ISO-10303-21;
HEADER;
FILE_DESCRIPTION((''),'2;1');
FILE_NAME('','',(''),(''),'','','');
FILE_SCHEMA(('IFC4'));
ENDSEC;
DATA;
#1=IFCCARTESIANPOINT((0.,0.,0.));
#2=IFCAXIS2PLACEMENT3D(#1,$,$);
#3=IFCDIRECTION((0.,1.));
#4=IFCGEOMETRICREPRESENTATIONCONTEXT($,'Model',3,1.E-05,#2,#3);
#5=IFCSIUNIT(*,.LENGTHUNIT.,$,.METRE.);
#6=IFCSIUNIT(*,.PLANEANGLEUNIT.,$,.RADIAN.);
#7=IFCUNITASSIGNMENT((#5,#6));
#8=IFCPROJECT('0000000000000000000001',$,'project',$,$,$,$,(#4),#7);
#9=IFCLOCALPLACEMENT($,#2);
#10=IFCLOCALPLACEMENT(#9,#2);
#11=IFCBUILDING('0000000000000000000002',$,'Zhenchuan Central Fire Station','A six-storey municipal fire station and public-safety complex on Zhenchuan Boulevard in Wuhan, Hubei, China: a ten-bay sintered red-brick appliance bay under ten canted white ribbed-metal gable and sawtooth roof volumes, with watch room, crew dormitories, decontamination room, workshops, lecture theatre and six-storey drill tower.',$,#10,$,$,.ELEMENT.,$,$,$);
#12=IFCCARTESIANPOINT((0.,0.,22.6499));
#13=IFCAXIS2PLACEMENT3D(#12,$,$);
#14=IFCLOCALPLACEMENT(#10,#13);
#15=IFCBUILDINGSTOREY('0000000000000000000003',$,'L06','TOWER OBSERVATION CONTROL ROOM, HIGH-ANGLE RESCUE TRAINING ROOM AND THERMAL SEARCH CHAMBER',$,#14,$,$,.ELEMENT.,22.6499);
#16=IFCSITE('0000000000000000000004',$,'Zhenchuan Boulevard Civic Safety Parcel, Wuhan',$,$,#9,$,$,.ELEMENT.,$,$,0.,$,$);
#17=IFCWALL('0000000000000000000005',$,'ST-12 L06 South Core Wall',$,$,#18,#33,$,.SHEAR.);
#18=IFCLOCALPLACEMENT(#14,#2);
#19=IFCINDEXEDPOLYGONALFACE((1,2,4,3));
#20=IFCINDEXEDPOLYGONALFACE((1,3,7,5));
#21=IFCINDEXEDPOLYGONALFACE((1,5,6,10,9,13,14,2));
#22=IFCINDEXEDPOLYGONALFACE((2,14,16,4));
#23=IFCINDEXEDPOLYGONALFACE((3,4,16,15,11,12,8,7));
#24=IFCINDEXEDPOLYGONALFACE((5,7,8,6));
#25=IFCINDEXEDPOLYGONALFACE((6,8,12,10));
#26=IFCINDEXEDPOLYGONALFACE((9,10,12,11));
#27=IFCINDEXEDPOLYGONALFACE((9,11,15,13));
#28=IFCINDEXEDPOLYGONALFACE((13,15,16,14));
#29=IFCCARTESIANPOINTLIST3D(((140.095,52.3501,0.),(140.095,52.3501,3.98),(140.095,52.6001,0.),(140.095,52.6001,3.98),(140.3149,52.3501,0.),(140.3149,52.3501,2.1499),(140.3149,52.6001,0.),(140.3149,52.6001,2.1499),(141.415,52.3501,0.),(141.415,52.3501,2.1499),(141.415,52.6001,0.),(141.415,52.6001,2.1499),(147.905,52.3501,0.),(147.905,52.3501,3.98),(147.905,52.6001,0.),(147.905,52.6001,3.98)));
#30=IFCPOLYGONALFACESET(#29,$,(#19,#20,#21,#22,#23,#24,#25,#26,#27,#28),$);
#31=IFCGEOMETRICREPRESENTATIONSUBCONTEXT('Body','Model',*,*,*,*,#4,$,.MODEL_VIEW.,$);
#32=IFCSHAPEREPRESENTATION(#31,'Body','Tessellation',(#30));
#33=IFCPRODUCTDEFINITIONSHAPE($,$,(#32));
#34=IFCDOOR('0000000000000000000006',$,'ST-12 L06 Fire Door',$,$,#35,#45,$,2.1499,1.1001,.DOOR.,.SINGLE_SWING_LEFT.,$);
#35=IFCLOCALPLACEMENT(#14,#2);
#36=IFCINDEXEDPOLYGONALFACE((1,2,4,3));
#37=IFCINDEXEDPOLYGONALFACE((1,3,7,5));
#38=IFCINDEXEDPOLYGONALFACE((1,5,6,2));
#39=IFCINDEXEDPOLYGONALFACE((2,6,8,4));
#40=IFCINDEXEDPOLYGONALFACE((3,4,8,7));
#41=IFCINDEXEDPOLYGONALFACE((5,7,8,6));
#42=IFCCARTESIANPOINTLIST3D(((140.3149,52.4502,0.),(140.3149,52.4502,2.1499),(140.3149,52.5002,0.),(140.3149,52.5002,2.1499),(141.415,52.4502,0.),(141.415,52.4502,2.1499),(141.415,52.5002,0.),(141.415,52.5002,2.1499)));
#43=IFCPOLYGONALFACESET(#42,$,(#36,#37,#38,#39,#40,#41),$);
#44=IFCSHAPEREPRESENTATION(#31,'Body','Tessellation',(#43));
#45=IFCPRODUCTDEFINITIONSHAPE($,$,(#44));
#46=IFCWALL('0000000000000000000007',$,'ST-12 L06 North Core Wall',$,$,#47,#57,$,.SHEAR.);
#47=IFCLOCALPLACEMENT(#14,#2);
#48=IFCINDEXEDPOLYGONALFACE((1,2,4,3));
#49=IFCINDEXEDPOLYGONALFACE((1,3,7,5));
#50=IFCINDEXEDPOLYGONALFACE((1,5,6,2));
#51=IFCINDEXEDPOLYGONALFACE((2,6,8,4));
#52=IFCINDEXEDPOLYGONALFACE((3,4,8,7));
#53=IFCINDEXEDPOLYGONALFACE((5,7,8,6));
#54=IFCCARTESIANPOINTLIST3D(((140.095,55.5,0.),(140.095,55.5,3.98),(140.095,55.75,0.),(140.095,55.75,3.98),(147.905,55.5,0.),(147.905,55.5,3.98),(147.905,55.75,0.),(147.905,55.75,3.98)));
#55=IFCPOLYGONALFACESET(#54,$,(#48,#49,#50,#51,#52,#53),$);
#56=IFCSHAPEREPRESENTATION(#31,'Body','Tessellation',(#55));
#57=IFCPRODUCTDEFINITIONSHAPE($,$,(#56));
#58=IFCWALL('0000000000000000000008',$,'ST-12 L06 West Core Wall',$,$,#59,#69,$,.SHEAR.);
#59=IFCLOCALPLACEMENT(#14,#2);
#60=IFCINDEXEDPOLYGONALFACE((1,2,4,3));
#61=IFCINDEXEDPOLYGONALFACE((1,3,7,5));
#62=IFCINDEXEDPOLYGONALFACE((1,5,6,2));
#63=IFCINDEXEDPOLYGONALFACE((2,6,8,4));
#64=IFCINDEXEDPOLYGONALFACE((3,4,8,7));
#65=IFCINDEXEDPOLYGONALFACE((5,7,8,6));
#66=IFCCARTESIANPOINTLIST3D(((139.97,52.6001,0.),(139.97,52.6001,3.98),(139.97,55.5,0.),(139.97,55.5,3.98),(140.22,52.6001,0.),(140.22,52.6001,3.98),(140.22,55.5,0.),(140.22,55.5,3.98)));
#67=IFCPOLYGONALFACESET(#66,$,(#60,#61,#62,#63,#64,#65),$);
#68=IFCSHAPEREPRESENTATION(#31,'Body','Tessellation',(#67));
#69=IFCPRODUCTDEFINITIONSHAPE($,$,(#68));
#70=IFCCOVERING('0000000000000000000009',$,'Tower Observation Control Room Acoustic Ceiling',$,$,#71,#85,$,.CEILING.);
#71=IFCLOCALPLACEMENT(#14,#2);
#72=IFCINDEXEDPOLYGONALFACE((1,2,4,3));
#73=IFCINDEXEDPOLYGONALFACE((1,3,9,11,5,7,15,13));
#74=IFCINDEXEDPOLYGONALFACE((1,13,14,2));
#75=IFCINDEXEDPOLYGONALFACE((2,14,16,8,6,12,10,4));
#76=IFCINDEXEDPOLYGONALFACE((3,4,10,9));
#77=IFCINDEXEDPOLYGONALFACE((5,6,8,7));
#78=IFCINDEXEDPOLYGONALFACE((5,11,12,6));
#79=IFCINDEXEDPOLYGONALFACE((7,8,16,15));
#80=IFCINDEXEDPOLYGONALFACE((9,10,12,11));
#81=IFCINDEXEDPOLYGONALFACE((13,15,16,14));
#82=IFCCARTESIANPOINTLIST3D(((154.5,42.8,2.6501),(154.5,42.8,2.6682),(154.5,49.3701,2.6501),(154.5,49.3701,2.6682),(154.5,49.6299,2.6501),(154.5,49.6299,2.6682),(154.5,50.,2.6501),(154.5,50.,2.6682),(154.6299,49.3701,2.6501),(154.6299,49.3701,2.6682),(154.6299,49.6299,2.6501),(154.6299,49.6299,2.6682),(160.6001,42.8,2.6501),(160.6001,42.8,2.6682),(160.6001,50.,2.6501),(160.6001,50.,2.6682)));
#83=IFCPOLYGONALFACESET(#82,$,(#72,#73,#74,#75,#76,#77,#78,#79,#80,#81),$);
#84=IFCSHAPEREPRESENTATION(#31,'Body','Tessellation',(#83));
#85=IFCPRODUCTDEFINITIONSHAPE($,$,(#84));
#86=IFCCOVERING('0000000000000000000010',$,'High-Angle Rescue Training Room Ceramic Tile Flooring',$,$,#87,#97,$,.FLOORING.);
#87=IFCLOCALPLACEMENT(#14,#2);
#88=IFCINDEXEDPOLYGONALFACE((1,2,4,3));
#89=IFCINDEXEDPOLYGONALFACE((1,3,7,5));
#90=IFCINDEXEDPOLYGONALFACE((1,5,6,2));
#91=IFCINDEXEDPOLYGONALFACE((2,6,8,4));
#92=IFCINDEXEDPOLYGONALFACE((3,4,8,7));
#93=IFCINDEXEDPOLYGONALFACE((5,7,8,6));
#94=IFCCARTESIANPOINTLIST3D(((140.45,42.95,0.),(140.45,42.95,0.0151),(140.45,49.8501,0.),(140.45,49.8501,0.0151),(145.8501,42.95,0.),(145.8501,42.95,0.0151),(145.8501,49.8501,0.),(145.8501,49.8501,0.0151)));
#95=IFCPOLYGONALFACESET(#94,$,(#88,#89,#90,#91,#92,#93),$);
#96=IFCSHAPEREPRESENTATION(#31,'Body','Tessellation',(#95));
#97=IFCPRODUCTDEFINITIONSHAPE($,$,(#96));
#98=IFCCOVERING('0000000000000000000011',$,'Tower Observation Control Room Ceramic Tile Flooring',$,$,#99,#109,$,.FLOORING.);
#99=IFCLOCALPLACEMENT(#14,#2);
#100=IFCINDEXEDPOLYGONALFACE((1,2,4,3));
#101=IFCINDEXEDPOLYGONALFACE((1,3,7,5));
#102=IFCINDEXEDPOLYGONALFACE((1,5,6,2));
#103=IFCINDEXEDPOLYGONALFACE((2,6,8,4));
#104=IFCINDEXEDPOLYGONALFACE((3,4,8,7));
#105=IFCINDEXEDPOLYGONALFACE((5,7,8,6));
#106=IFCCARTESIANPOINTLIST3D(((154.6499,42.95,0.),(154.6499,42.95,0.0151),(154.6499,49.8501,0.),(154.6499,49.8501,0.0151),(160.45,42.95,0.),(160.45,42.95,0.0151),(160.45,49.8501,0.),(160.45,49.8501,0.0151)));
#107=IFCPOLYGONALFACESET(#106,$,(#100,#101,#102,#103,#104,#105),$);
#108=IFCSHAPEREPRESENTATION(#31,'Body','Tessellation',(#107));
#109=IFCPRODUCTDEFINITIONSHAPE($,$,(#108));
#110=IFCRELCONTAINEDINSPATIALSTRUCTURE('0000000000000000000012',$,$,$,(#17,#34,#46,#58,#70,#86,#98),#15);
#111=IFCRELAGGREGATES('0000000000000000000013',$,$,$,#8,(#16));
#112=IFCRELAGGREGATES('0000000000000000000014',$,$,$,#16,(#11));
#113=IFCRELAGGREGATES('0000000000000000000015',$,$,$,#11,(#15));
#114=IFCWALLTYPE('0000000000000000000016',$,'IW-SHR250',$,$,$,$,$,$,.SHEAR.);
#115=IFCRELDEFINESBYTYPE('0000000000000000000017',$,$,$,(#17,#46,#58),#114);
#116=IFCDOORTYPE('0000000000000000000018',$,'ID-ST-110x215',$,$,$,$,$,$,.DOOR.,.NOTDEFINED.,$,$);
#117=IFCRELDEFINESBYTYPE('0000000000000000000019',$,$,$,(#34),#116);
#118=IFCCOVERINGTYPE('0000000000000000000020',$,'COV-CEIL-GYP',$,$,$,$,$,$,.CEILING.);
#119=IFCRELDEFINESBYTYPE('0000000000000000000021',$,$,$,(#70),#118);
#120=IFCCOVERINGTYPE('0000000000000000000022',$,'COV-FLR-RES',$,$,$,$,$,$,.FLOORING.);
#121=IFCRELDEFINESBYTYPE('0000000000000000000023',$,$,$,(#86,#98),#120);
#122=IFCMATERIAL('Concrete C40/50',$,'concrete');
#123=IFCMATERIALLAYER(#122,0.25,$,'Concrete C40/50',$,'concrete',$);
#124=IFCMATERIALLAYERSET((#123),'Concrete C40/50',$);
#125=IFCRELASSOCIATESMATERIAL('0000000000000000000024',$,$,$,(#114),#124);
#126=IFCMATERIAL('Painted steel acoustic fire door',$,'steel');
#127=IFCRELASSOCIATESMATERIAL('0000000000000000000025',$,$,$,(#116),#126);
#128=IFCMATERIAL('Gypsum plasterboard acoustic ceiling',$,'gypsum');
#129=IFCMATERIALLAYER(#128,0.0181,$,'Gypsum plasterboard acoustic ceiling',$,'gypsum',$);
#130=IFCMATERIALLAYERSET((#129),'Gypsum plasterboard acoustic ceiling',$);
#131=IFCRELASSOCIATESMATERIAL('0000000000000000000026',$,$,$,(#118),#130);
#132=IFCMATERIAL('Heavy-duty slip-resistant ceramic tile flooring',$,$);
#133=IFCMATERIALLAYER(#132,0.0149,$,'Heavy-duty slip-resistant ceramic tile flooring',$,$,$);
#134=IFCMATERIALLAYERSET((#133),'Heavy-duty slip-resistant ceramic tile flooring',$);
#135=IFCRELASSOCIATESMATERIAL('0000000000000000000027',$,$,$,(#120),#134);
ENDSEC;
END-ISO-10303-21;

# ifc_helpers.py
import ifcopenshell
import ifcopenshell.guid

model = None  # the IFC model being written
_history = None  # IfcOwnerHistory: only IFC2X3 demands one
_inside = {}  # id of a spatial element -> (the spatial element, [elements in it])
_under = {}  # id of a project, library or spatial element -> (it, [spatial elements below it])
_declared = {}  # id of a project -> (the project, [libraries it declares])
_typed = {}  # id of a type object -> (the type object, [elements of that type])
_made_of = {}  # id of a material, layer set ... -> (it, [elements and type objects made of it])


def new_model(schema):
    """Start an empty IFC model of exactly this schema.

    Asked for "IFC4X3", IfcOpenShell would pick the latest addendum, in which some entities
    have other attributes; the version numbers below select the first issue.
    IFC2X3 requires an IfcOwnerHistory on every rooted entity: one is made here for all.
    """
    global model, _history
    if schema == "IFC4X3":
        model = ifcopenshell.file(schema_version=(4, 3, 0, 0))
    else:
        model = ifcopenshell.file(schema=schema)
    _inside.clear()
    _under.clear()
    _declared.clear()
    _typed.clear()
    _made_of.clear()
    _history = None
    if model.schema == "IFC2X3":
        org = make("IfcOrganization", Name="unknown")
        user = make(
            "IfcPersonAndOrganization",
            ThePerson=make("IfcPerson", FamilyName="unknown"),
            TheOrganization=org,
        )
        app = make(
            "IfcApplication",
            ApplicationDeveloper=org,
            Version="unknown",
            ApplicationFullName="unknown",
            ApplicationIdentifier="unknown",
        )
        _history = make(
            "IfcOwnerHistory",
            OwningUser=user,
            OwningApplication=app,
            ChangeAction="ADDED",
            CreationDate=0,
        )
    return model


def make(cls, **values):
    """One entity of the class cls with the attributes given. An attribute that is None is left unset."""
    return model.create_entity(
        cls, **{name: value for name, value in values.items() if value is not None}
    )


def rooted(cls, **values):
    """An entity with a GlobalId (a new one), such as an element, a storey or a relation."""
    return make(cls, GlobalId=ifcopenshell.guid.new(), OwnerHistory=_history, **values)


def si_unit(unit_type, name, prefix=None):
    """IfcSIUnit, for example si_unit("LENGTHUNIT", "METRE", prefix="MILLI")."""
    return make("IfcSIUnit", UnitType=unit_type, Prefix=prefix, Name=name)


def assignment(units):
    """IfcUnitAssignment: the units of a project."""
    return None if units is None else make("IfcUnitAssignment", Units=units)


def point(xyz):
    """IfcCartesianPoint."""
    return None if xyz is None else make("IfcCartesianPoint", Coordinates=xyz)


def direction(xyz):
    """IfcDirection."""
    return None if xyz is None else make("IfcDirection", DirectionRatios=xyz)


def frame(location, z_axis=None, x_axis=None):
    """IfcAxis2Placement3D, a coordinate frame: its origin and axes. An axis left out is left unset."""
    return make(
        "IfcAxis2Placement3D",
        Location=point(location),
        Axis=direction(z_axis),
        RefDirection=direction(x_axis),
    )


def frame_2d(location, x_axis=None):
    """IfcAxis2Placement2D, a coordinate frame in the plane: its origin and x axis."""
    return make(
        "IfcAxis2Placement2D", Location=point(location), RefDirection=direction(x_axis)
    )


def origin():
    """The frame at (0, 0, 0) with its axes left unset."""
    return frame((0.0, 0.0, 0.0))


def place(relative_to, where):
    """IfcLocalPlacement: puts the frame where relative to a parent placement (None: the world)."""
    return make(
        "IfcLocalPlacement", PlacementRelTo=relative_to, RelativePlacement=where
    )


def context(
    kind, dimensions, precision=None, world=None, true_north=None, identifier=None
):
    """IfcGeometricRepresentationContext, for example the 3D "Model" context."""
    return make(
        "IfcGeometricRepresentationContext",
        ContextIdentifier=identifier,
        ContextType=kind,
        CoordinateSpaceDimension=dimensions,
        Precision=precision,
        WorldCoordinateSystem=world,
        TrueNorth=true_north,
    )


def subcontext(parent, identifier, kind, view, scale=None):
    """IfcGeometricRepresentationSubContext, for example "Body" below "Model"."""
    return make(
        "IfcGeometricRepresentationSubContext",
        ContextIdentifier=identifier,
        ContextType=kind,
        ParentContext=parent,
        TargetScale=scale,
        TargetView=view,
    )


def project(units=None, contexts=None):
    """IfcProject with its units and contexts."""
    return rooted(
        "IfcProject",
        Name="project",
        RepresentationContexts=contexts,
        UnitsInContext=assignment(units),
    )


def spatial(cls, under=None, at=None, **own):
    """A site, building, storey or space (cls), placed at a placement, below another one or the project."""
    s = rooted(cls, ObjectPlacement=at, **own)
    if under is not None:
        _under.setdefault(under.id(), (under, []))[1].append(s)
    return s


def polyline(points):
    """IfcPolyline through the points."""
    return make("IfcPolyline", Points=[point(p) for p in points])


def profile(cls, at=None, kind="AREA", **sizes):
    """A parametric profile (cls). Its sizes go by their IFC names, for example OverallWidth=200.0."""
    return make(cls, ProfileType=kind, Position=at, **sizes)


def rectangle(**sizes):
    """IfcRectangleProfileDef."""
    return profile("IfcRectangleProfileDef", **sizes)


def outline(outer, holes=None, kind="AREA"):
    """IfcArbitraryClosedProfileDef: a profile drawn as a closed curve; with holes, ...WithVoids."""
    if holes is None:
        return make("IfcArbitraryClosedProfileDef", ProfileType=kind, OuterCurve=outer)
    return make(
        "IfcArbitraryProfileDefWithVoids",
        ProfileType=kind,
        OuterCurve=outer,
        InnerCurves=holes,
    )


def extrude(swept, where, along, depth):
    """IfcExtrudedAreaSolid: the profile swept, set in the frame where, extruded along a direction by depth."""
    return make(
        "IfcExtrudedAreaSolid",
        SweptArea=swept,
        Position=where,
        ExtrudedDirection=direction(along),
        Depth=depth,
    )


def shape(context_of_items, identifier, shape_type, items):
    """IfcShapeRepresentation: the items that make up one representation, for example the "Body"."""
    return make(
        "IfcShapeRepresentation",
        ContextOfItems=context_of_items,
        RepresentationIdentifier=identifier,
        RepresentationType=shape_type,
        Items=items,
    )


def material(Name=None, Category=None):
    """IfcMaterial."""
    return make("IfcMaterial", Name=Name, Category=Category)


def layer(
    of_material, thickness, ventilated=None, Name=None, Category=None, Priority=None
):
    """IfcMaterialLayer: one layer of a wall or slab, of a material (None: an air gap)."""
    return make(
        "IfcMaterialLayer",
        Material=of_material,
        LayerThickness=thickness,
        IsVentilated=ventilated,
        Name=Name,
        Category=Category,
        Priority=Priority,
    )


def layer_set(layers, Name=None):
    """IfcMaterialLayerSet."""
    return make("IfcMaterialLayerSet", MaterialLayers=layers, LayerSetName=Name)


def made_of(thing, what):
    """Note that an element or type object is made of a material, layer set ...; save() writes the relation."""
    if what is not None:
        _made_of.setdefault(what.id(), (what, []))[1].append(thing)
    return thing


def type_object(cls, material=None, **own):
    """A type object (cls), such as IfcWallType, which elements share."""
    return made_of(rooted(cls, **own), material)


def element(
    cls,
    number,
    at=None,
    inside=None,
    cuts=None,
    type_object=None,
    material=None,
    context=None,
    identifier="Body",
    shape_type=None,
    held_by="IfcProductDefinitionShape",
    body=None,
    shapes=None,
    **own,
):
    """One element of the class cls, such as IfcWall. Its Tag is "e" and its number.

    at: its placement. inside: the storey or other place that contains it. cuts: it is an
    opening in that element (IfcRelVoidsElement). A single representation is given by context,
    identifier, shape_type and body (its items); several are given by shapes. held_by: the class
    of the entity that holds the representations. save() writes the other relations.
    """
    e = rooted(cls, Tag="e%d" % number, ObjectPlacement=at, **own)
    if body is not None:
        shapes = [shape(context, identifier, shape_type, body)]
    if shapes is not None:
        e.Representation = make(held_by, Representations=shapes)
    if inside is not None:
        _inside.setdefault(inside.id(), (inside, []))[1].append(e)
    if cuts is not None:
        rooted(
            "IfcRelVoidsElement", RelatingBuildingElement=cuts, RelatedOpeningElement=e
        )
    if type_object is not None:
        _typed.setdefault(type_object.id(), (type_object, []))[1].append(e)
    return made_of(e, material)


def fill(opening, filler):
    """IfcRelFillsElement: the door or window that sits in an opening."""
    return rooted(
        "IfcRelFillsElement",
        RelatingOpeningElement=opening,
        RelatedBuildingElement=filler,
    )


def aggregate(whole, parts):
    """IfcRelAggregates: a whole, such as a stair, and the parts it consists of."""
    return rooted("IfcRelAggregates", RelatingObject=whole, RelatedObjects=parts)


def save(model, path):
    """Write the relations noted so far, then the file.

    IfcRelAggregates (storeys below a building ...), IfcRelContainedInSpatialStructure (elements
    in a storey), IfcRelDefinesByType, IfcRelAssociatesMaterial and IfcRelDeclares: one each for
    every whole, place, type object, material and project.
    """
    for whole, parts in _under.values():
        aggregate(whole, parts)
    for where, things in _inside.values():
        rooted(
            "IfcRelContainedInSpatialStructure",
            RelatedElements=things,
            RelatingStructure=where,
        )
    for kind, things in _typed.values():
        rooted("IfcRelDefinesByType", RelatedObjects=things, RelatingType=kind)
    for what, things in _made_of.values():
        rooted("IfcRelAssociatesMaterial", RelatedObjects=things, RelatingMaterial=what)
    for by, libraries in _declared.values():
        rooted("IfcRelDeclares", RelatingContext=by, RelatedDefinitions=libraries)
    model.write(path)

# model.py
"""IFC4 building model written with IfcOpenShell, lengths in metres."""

from ifc_helpers import new_model, si_unit, direction, frame, frame_2d, origin, place, context, subcontext, project, spatial, polyline, rectangle, outline, extrude, material, layer, layer_set, type_object, element, fill, save


model = new_model("IFC4")

# Units and contexts
model_context = context("Model", 3, precision=1e-05, world=origin(), true_north=direction((0.0, 1.0)))
body_context = subcontext(model_context, "Body", "Model", "MODEL_VIEW")
ifc_project = project(units=[si_unit("LENGTHUNIT", "METRE"), si_unit("PLANEANGLEUNIT", "RADIAN")], contexts=[model_context])

# Site, building, storey
site_placement = place(None, origin())
site = spatial("IfcSite", under=ifc_project, at=site_placement, Name="Zhenchuan Boulevard Civic Safety Parcel, Wuhan", CompositionType="ELEMENT", RefElevation=0.0)
building_placement = place(site_placement, origin())
building = spatial("IfcBuilding", under=site, at=building_placement, Name="Zhenchuan Central Fire Station", Description="A six-storey municipal fire station and public-safety complex on Zhenchuan Boulevard in Wuhan, Hubei, China: a ten-bay sintered red-brick appliance bay under ten canted white ribbed-metal gable and sawtooth roof volumes, with watch room, crew dormitories, decontamination room, workshops, lecture theatre and six-storey drill tower.", CompositionType="ELEMENT")
storey_placement = place(building_placement, frame((0.0, 0.0, 22.6499)))
storey = spatial("IfcBuildingStorey", under=building, at=storey_placement, Name="L06", Description="TOWER OBSERVATION CONTROL ROOM, HIGH-ANGLE RESCUE TRAINING ROOM AND THERMAL SEARCH CHAMBER", CompositionType="ELEMENT", Elevation=22.6499)

# Wall, opening, door
ifc_material_1 = material(Name="Concrete C40/50", Category="concrete")
ifc_layer_1 = layer(ifc_material_1, 0.25, Name="Concrete C40/50", Category="concrete")
ifc_layer_set_1 = layer_set([ifc_layer_1], Name="Concrete C40/50")
wall_type_1 = type_object("IfcWallType", Name="IW-SHR250", PredefinedType="SHEAR", material=ifc_layer_set_1)
wall_1_placement = place(storey_placement, frame((140.095, 52.4751, 0.0), z_axis=(0.0, 0.0, 1.0), x_axis=(1.0, 0.0, 0.0)))
wall_1 = element("IfcWall", 1, at=wall_1_placement, inside=storey, type_object=wall_type_1, Name="ST-12 L06 South Core Wall", PredefinedType="SHEAR", context=body_context, shape_type="SweptSolid", body=[
    extrude(rectangle(XDim=7.8101, YDim=0.25, at=frame_2d((3.905, 0.0))), origin(), (0.0, 0.0, 1.0), 3.98),
])
opening_1_placement = place(wall_1_placement, frame((0.22, 0.0, 0.0)))
opening_1 = element("IfcOpeningElement", 2, at=opening_1_placement, cuts=wall_1, PredefinedType="OPENING", context=body_context, shape_type="SweptSolid", body=[
    extrude(rectangle(XDim=1.1001, YDim=2.1499, at=frame_2d((0.55, 1.075))), frame((0.0, 0.135, 0.0), z_axis=(0.0, -1.0, 0.0), x_axis=(1.0, 0.0, 0.0)), (0.0, 0.0, 1.0), 0.27),
])
ifc_material_2 = material(Name="Painted steel acoustic fire door", Category="steel")
door_type_1 = type_object("IfcDoorType", Name="ID-ST-110x215", OperationType="NOTDEFINED", PredefinedType="DOOR", material=ifc_material_2)
door_1_placement = place(opening_1_placement, frame((1.1001, 0.0, 0.0), z_axis=(0.0, 0.0, 1.0), x_axis=(-1.0, 0.0, 0.0)))
door_1 = element("IfcDoor", 3, at=door_1_placement, inside=storey, type_object=door_type_1, Name="ST-12 L06 Fire Door", OperationType="SINGLE_SWING_LEFT", OverallHeight=2.1499, OverallWidth=1.1001, PredefinedType="DOOR", context=body_context, shape_type="SweptSolid", body=[
    extrude(rectangle(XDim=1.1001, YDim=2.1499, at=frame_2d((0.55, 1.075))), frame((0.0, 0.0249, 0.0), z_axis=(0.0, -1.0, 0.0), x_axis=(1.0, 0.0, 0.0)), (0.0, 0.0, 1.0), 0.05),
])
fill(opening_1, door_1)

# Walls
wall_2_placement = place(storey_placement, frame((140.095, 55.625, 0.0), z_axis=(0.0, 0.0, 1.0), x_axis=(1.0, 0.0, 0.0)))
element("IfcWall", 4, at=wall_2_placement, inside=storey, type_object=wall_type_1, Name="ST-12 L06 North Core Wall", PredefinedType="SHEAR", context=body_context, shape_type="SweptSolid", body=[
    extrude(rectangle(XDim=7.8101, YDim=0.25, at=frame_2d((3.905, 0.0))), origin(), (0.0, 0.0, 1.0), 3.98),
])
wall_3_placement = place(storey_placement, frame((140.095, 52.6001, 0.0), z_axis=(0.0, 0.0, 1.0), x_axis=(0.0, 1.0, 0.0)))
element("IfcWall", 5, at=wall_3_placement, inside=storey, type_object=wall_type_1, Name="ST-12 L06 West Core Wall", PredefinedType="SHEAR", context=body_context, shape_type="SweptSolid", body=[
    extrude(rectangle(XDim=2.8999, YDim=0.25, at=frame_2d((1.45, 0.0))), origin(), (0.0, 0.0, 1.0), 3.98),
])

# Coverings
ifc_material_3 = material(Name="Gypsum plasterboard acoustic ceiling", Category="gypsum")
ifc_layer_2 = layer(ifc_material_3, 0.0181, Name="Gypsum plasterboard acoustic ceiling", Category="gypsum")
ifc_layer_set_2 = layer_set([ifc_layer_2], Name="Gypsum plasterboard acoustic ceiling")
covering_type_1 = type_object("IfcCoveringType", Name="COV-CEIL-GYP", PredefinedType="CEILING", material=ifc_layer_set_2)
covering_1_placement = place(storey_placement, frame((0.0, 0.0, 2.6501)))
element("IfcCovering", 6, at=covering_1_placement, inside=storey, type_object=covering_type_1, Name="Tower Observation Control Room Acoustic Ceiling", PredefinedType="CEILING", context=body_context, shape_type="SweptSolid", body=[
    extrude(outline(polyline([(154.5, 50.0), (160.6001, 50.0), (160.6001, 42.8), (154.5, 42.8), (154.5, 49.3701), (154.6299, 49.3701), (154.6299, 49.6299), (154.5, 49.6299), (154.5, 50.0)])), origin(), (0.0, 0.0, 1.0), 0.0181),
])
ifc_material_4 = material(Name="Heavy-duty slip-resistant ceramic tile flooring")
ifc_layer_3 = layer(ifc_material_4, 0.0149, Name="Heavy-duty slip-resistant ceramic tile flooring")
ifc_layer_set_3 = layer_set([ifc_layer_3], Name="Heavy-duty slip-resistant ceramic tile flooring")
covering_type_2 = type_object("IfcCoveringType", Name="COV-FLR-RES", PredefinedType="FLOORING", material=ifc_layer_set_3)
covering_2_placement = place(storey_placement, origin())
element("IfcCovering", 7, at=covering_2_placement, inside=storey, type_object=covering_type_2, Name="High-Angle Rescue Training Room Ceramic Tile Flooring", PredefinedType="FLOORING", context=body_context, shape_type="SweptSolid", body=[
    extrude(outline(polyline([(140.45, 42.95), (145.8501, 42.95), (145.8501, 49.8501), (140.45, 49.8501), (140.45, 42.95)])), origin(), (0.0, 0.0, 1.0), 0.0151),
])
covering_3_placement = place(storey_placement, origin())
element("IfcCovering", 8, at=covering_3_placement, inside=storey, type_object=covering_type_2, Name="Tower Observation Control Room Ceramic Tile Flooring", PredefinedType="FLOORING", context=body_context, shape_type="SweptSolid", body=[
    extrude(outline(polyline([(154.6499, 42.95), (160.45, 42.95), (160.45, 49.8501), (154.6499, 49.8501), (154.6499, 42.95)])), origin(), (0.0, 0.0, 1.0), 0.0151),
])

save(model, "model.ifc")
